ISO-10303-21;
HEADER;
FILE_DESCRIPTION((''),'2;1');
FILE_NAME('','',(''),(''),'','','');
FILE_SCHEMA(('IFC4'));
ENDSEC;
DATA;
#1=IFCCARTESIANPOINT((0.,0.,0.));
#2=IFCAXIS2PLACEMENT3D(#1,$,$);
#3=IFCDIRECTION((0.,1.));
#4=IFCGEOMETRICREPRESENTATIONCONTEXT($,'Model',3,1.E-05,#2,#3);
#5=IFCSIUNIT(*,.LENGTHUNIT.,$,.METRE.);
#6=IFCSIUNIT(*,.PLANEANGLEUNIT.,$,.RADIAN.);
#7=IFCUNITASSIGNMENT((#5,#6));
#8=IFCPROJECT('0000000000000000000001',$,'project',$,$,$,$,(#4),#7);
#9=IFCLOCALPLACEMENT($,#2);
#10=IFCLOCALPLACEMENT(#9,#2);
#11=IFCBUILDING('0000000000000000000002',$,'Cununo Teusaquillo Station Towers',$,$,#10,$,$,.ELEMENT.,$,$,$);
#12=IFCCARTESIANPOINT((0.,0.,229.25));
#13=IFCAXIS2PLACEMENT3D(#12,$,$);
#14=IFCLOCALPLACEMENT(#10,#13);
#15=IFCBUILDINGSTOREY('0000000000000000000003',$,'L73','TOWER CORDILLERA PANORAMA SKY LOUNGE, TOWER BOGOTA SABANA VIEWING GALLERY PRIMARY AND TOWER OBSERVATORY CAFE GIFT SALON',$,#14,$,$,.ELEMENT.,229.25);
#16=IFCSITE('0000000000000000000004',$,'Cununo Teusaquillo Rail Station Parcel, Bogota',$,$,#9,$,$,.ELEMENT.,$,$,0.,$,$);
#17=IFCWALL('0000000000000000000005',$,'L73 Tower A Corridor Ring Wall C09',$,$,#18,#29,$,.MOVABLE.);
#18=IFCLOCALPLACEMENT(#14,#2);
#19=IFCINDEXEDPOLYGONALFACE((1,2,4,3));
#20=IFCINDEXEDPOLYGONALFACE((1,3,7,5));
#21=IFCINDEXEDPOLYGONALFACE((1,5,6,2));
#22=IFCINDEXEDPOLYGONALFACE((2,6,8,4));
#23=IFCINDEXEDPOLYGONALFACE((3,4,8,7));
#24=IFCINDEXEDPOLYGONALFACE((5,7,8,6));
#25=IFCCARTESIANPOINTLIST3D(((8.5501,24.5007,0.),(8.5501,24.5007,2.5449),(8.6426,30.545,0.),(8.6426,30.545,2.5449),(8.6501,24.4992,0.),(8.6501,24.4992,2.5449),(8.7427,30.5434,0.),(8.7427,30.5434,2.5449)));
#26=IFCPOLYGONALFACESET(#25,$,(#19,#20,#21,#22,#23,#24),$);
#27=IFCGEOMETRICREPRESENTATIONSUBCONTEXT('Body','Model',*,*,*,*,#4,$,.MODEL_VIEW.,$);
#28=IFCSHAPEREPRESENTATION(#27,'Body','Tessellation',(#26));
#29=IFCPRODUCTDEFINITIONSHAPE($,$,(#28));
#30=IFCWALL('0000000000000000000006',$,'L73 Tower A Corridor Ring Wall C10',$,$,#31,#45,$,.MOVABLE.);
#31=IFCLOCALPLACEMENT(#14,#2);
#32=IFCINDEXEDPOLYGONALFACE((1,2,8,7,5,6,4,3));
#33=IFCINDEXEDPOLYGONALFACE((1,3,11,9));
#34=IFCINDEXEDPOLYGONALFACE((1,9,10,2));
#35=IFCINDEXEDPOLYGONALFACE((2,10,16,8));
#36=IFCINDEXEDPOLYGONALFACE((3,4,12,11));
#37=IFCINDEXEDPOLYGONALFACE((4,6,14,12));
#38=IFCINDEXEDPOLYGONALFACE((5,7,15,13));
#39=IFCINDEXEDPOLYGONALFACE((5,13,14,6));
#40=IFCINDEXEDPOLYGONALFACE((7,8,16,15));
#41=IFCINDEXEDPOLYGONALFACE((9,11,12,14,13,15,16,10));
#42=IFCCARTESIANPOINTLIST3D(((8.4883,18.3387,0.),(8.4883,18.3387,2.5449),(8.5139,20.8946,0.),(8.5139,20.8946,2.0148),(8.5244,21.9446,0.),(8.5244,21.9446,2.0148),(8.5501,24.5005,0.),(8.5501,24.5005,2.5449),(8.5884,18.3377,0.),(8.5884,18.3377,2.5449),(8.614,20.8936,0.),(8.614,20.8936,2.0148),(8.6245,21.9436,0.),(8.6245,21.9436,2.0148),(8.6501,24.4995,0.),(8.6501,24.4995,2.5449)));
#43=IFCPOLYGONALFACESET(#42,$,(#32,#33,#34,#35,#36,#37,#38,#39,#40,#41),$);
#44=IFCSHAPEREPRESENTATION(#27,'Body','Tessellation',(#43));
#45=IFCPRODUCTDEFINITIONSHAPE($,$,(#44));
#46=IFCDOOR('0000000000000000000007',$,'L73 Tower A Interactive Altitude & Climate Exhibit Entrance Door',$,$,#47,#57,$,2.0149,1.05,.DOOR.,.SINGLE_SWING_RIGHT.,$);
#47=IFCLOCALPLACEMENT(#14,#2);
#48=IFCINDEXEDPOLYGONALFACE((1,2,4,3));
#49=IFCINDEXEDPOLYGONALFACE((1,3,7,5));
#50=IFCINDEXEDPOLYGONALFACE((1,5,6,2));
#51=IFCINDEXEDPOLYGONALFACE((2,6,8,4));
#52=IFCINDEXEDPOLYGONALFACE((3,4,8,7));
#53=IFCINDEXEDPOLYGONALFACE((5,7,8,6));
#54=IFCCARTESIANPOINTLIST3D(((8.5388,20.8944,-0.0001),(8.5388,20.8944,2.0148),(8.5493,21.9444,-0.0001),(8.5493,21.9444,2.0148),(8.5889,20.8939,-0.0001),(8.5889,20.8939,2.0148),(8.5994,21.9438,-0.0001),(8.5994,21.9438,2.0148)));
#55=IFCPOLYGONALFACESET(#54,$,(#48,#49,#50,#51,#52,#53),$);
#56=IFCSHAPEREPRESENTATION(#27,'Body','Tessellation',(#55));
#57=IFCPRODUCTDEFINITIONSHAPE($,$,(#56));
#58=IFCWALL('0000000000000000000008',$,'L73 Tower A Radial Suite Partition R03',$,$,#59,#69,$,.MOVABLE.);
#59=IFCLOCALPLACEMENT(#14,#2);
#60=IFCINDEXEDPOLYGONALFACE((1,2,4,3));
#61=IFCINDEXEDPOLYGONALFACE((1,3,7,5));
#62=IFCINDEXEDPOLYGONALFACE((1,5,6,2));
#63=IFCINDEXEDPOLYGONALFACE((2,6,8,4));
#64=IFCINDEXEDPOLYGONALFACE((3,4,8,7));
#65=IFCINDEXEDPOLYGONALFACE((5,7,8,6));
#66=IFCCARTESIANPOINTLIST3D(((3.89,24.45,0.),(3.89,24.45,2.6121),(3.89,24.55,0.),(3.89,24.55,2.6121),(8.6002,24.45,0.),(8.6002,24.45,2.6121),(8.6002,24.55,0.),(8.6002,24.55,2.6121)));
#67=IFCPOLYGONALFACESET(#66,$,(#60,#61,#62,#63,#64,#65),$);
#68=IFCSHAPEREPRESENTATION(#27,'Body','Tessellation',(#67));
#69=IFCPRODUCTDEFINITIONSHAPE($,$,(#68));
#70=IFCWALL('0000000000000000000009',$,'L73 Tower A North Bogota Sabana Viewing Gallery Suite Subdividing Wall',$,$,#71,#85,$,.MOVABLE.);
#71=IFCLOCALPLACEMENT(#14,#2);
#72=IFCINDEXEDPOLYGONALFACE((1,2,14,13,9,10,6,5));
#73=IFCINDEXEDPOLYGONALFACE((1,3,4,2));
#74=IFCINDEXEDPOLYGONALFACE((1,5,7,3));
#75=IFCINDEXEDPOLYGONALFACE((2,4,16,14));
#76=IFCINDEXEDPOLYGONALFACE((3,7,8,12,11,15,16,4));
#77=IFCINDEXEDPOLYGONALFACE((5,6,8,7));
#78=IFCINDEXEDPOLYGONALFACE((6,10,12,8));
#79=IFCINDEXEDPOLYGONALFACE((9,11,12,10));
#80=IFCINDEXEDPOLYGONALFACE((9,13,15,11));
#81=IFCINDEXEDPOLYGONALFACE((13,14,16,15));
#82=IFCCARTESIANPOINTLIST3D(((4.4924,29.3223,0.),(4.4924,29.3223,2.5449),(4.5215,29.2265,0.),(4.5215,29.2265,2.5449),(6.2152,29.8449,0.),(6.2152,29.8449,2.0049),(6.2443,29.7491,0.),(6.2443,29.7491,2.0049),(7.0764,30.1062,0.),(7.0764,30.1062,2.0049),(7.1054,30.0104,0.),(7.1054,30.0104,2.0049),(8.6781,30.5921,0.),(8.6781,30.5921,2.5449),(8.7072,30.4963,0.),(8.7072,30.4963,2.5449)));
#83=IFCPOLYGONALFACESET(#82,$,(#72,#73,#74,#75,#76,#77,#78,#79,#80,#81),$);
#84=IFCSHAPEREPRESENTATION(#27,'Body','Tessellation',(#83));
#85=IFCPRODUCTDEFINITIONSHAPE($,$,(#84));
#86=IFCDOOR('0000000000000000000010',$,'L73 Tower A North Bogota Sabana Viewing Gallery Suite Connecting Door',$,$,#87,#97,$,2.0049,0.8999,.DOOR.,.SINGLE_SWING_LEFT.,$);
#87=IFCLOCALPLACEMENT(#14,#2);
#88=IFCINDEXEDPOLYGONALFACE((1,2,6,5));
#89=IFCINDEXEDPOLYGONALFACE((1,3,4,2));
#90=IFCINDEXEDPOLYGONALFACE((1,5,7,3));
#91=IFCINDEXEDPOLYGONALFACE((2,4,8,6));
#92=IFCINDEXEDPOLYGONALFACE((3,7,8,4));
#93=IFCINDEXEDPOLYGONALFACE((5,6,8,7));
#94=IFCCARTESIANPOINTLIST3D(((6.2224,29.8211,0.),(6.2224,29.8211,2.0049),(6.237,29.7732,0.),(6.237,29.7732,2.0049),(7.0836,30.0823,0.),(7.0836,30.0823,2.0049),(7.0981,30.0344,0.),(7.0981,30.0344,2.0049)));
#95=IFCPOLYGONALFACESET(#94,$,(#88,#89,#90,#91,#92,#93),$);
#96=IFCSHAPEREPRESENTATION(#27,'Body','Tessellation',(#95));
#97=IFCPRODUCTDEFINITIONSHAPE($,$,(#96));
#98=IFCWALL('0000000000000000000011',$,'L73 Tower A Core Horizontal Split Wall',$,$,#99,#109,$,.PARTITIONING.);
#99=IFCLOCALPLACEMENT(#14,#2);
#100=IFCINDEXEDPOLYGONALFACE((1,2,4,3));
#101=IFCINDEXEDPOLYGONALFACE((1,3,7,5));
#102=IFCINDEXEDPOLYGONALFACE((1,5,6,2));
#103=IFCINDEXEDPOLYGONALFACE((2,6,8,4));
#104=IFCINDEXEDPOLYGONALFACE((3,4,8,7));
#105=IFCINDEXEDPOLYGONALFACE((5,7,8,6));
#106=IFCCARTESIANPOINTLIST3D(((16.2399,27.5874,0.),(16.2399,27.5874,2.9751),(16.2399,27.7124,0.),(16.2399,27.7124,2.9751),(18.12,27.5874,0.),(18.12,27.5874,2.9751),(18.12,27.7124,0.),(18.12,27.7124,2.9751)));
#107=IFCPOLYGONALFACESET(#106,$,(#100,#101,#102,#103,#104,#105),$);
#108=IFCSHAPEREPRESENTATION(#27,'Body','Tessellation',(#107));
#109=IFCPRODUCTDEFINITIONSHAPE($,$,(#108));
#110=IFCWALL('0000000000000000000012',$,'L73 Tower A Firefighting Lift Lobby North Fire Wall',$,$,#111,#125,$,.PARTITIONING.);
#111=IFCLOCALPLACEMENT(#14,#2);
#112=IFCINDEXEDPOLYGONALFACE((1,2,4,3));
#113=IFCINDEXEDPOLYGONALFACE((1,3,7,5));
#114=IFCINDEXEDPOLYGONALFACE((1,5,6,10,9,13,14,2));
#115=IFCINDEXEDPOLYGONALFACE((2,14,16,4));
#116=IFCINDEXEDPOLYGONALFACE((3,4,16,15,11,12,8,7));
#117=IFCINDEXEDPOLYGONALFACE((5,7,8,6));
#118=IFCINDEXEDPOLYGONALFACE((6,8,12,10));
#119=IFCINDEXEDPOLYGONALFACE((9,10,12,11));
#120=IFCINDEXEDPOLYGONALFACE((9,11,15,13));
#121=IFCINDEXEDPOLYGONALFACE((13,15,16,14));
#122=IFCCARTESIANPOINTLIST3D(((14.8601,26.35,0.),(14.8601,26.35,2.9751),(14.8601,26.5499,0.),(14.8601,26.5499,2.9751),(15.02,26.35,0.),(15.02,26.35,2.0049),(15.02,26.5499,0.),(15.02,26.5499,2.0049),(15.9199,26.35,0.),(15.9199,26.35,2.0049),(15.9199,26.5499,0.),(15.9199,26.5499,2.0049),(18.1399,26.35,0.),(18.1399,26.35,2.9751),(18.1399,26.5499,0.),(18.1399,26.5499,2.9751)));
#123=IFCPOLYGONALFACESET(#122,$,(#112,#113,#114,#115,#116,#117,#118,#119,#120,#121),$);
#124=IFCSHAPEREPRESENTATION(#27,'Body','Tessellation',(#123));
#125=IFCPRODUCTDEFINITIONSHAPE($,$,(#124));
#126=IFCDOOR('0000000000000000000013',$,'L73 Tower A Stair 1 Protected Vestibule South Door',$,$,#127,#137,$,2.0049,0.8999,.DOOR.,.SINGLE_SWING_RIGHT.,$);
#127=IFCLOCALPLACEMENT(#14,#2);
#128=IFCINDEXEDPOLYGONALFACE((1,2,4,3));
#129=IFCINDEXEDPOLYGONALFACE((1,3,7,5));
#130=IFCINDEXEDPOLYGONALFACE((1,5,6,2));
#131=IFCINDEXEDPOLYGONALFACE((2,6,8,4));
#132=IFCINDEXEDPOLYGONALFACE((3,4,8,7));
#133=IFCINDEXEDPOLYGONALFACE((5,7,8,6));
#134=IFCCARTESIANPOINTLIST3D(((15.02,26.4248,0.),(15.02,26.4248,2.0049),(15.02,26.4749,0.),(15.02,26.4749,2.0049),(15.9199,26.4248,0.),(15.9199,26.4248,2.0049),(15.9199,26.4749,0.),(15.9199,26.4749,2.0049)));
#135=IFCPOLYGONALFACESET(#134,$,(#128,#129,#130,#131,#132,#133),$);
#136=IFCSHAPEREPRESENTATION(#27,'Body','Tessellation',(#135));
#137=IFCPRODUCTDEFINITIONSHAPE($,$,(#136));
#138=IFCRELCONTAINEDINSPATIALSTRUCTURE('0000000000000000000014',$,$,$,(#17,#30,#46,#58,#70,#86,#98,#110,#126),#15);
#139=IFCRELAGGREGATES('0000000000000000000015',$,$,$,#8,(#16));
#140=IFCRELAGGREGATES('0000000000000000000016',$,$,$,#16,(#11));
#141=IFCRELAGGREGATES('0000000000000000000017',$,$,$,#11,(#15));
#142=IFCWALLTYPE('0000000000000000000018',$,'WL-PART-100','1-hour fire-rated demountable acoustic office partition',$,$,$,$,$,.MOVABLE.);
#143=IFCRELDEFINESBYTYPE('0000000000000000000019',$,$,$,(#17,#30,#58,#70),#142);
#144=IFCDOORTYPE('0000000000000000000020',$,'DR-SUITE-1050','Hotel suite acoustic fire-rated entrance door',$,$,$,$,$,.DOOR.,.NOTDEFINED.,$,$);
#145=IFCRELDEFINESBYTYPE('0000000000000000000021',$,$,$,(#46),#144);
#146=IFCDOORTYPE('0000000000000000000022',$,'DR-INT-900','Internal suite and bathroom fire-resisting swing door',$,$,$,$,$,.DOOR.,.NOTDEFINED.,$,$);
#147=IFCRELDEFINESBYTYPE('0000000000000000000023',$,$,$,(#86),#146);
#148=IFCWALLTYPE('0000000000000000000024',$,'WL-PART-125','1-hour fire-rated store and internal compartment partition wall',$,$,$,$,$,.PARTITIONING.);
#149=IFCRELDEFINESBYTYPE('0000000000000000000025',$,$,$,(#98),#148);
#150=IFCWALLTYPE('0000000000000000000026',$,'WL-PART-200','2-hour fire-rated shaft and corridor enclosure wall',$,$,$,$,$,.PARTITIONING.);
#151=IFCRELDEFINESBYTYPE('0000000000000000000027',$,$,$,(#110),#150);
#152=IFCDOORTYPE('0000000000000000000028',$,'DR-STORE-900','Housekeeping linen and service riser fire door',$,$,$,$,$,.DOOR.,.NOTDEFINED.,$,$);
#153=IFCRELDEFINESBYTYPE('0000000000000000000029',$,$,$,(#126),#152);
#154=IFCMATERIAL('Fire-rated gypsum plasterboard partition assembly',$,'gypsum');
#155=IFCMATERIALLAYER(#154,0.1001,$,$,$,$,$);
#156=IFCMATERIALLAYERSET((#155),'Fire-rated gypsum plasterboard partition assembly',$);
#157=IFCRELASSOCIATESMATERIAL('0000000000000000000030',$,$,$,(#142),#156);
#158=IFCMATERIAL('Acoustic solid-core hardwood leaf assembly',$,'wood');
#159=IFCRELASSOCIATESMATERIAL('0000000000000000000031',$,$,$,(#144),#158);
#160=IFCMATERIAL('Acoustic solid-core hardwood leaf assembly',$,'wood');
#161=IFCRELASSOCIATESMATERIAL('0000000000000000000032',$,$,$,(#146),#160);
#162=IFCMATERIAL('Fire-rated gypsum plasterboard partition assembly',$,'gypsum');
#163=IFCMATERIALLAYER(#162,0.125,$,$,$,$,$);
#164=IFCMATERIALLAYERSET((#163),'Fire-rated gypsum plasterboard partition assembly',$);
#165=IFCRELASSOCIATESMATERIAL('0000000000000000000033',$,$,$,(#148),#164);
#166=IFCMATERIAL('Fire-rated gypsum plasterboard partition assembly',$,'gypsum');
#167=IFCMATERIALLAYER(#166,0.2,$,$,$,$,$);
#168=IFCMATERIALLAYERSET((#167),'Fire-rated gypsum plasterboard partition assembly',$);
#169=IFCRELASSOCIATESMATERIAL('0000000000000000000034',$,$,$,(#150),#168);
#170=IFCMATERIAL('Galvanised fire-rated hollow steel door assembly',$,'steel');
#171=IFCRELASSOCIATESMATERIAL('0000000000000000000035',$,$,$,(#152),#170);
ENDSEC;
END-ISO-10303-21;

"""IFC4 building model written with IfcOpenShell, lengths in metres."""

from ifc_helpers import new_model, si_unit, direction, frame, frame_2d, origin, place, context, subcontext, project, spatial, rectangle, extrude, source, transform, mapped, material, layer, layer_set, type_object, element, fill, save


model = new_model("IFC4")

# Units and contexts
model_context = context("Model", 3, precision=1e-05, world=origin(), true_north=direction((0.0, 1.0)))
body_context = subcontext(model_context, "Body", "Model", "MODEL_VIEW")
ifc_project = project(units=[si_unit("LENGTHUNIT", "METRE"), si_unit("PLANEANGLEUNIT", "RADIAN")], contexts=[model_context])

# Site, building, storey
site_placement = place(None, origin())
site = spatial("IfcSite", under=ifc_project, at=site_placement, Name="Cununo Teusaquillo Rail Station Parcel, Bogota", CompositionType="ELEMENT", RefElevation=0.0)
building_placement = place(site_placement, origin())
building = spatial("IfcBuilding", under=site, at=building_placement, Name="Cununo Teusaquillo Station Towers", CompositionType="ELEMENT")
storey_placement = place(building_placement, frame((0.0, 0.0, 229.25)))
storey = spatial("IfcBuildingStorey", under=building, at=storey_placement, Name="L73", Description="TOWER CORDILLERA PANORAMA SKY LOUNGE, TOWER BOGOTA SABANA VIEWING GALLERY PRIMARY AND TOWER OBSERVATORY CAFE GIFT SALON", CompositionType="ELEMENT", Elevation=229.25)

# Wall
ifc_material_1 = material(Name="Fire-rated gypsum plasterboard partition assembly", Category="gypsum")
ifc_layer_1 = layer(ifc_material_1, 0.1001)
ifc_layer_set_1 = layer_set([ifc_layer_1], Name="Fire-rated gypsum plasterboard partition assembly")
wall_type_1 = type_object("IfcWallType", Name="WL-PART-100", Description="1-hour fire-rated demountable acoustic office partition", PredefinedType="MOVABLE", material=ifc_layer_set_1)
wall_1_placement = place(storey_placement, frame((8.6926, 30.5442, 0.0), z_axis=(0.0, 0.0, 1.0), x_axis=(-0.015307, -0.999883, 0.0)))
element("IfcWall", 1, at=wall_1_placement, inside=storey, type_object=wall_type_1, Name="L73 Tower A Corridor Ring Wall C09", PredefinedType="MOVABLE", context=body_context, shape_type="SweptSolid", body=[
    extrude(rectangle(XDim=6.0449, YDim=0.1001, at=frame_2d((3.0225, 0.0))), origin(), (0.0, 0.0, 1.0), 2.5449),
])

# Wall, opening, door
wall_2_placement = place(storey_placement, frame((8.6001, 24.5, 0.0), z_axis=(0.0, 0.0, 1.0), x_axis=(-0.010024, -0.99995, 0.0)))
wall_2 = element("IfcWall", 2, at=wall_2_placement, inside=storey, type_object=wall_type_1, Name="L73 Tower A Corridor Ring Wall C10", PredefinedType="MOVABLE", context=body_context, shape_type="SweptSolid", body=[
    extrude(rectangle(XDim=6.1621, YDim=0.1001, at=frame_2d((3.0811, 0.0))), origin(), (0.0, 0.0, 1.0), 2.5449),
])
shared_shape_1 = source(origin(), body_context, "Body", "SweptSolid", [
    extrude(rectangle(XDim=1.05, YDim=2.0149, at=frame_2d((0.5249, 1.0073))), frame((0.0, 0.0601, 0.0), z_axis=(0.0, -1.0, 0.0), x_axis=(1.0, 0.0, 0.0)), (0.0, 0.0, 1.0), 0.1201),
])
opening_1_placement = place(wall_2_placement, frame((2.5562, 0.0, 0.0)))
opening_1 = element("IfcOpeningElement", 3, at=opening_1_placement, cuts=wall_2, PredefinedType="OPENING", context=body_context, shape_type="MappedRepresentation", body=[
    mapped(shared_shape_1, transform((0.0, 0.0, 0.0), x_axis=(1.0, 0.0, 0.0), y_axis=(0.0, 1.0, 0.0), z_axis=(0.0, 0.0, 1.0), scale=1.0)),
])
ifc_material_2 = material(Name="Acoustic solid-core hardwood leaf assembly", Category="wood")
door_type_1 = type_object("IfcDoorType", Name="DR-SUITE-1050", Description="Hotel suite acoustic fire-rated entrance door", OperationType="NOTDEFINED", PredefinedType="DOOR", material=ifc_material_2)
shared_shape_2 = source(origin(), body_context, "Body", "SweptSolid", [
    extrude(rectangle(XDim=1.05, YDim=2.0149, at=frame_2d((0.5249, 1.0073))), frame((0.0, 0.0249, 0.0), z_axis=(0.0, -1.0, 0.0), x_axis=(1.0, 0.0, 0.0)), (0.0, 0.0, 1.0), 0.05),
])
door_1_placement = place(opening_1_placement, origin())
door_1 = element("IfcDoor", 4, at=door_1_placement, inside=storey, type_object=door_type_1, Name="L73 Tower A Interactive Altitude & Climate Exhibit Entrance Door", OperationType="SINGLE_SWING_RIGHT", OverallHeight=2.0149, OverallWidth=1.05, PredefinedType="DOOR", context=body_context, shape_type="MappedRepresentation", body=[
    mapped(shared_shape_2, transform((0.0, 0.0, 0.0), x_axis=(1.0, 0.0, 0.0), y_axis=(0.0, 1.0, 0.0), z_axis=(0.0, 0.0, 1.0), scale=1.0)),
])
fill(opening_1, door_1)

# Wall
wall_3_placement = place(storey_placement, frame((8.6001, 24.5, 0.0), z_axis=(0.0, 0.0, 1.0), x_axis=(-1.0, 0.0, 0.0)))
element("IfcWall", 5, at=wall_3_placement, inside=storey, type_object=wall_type_1, Name="L73 Tower A Radial Suite Partition R03", PredefinedType="MOVABLE", context=body_context, shape_type="SweptSolid", body=[
    extrude(rectangle(XDim=4.7102, YDim=0.1001, at=frame_2d((2.355, 0.0))), origin(), (0.0, 0.0, 1.0), 2.6121),
])

# Wall, opening, door
wall_4_placement = place(storey_placement, frame((8.6926, 30.5442, 0.0), z_axis=(0.0, 0.0, 1.0), x_axis=(-0.956934, -0.290306, 0.0)))
wall_4 = element("IfcWall", 6, at=wall_4_placement, inside=storey, type_object=wall_type_1, Name="L73 Tower A North Bogota Sabana Viewing Gallery Suite Subdividing Wall", PredefinedType="MOVABLE", context=body_context, shape_type="SweptSolid", body=[
    extrude(rectangle(XDim=4.374, YDim=0.1001, at=frame_2d((2.187, 0.0))), origin(), (0.0, 0.0, 1.0), 2.5449),
])
shared_shape_3 = source(origin(), body_context, "Body", "SweptSolid", [
    extrude(rectangle(XDim=0.8999, YDim=2.0049, at=frame_2d((0.45, 1.0024))), frame((0.0, 0.0601, 0.0), z_axis=(0.0, -1.0, 0.0), x_axis=(1.0, 0.0, 0.0)), (0.0, 0.0, 1.0), 0.1201),
])
opening_2_placement = place(wall_4_placement, frame((1.6738, 0.0, 0.0)))
opening_2 = element("IfcOpeningElement", 7, at=opening_2_placement, cuts=wall_4, PredefinedType="OPENING", context=body_context, shape_type="MappedRepresentation", body=[
    mapped(shared_shape_3, transform((0.0, 0.0, 0.0), x_axis=(1.0, 0.0, 0.0), y_axis=(0.0, 1.0, 0.0), z_axis=(0.0, 0.0, 1.0), scale=1.0)),
])
ifc_material_3 = material(Name="Acoustic solid-core hardwood leaf assembly", Category="wood")
door_type_2 = type_object("IfcDoorType", Name="DR-INT-900", Description="Internal suite and bathroom fire-resisting swing door", OperationType="NOTDEFINED", PredefinedType="DOOR", material=ifc_material_3)
shared_shape_4 = source(origin(), body_context, "Body", "SweptSolid", [
    extrude(rectangle(XDim=0.8999, YDim=2.0049, at=frame_2d((0.45, 1.0024))), frame((0.0, 0.0249, 0.0), z_axis=(0.0, -1.0, 0.0), x_axis=(1.0, 0.0, 0.0)), (0.0, 0.0, 1.0), 0.05),
])
door_2_placement = place(opening_2_placement, origin())
door_2 = element("IfcDoor", 8, at=door_2_placement, inside=storey, type_object=door_type_2, Name="L73 Tower A North Bogota Sabana Viewing Gallery Suite Connecting Door", OperationType="SINGLE_SWING_LEFT", OverallHeight=2.0049, OverallWidth=0.8999, PredefinedType="DOOR", context=body_context, shape_type="MappedRepresentation", body=[
    mapped(shared_shape_4, transform((0.0, 0.0, 0.0), x_axis=(1.0, 0.0, 0.0), y_axis=(0.0, 1.0, 0.0), z_axis=(0.0, 0.0, 1.0), scale=1.0)),
])
fill(opening_2, door_2)

# Wall
ifc_material_4 = material(Name="Fire-rated gypsum plasterboard partition assembly", Category="gypsum")
ifc_layer_2 = layer(ifc_material_4, 0.125)
ifc_layer_set_2 = layer_set([ifc_layer_2], Name="Fire-rated gypsum plasterboard partition assembly")
wall_type_2 = type_object("IfcWallType", Name="WL-PART-125", Description="1-hour fire-rated store and internal compartment partition wall", PredefinedType="PARTITIONING", material=ifc_layer_set_2)
wall_5_placement = place(storey_placement, frame((16.24, 27.6499, 0.0), z_axis=(0.0, 0.0, 1.0), x_axis=(1.0, 0.0, 0.0)))
element("IfcWall", 9, at=wall_5_placement, inside=storey, type_object=wall_type_2, Name="L73 Tower A Core Horizontal Split Wall", PredefinedType="PARTITIONING", context=body_context, shape_type="SweptSolid", body=[
    extrude(rectangle(XDim=1.8801, YDim=0.125, at=frame_2d((0.9399, 0.0))), origin(), (0.0, 0.0, 1.0), 2.9751),
])

# Wall, opening, door
ifc_material_5 = material(Name="Fire-rated gypsum plasterboard partition assembly", Category="gypsum")
ifc_layer_3 = layer(ifc_material_5, 0.2)
ifc_layer_set_3 = layer_set([ifc_layer_3], Name="Fire-rated gypsum plasterboard partition assembly")
wall_type_3 = type_object("IfcWallType", Name="WL-PART-200", Description="2-hour fire-rated shaft and corridor enclosure wall", PredefinedType="PARTITIONING", material=ifc_layer_set_3)
wall_6_placement = place(storey_placement, frame((14.8601, 26.45, 0.0), z_axis=(0.0, 0.0, 1.0), x_axis=(1.0, 0.0, 0.0)))
wall_6 = element("IfcWall", 10, at=wall_6_placement, inside=storey, type_object=wall_type_3, Name="L73 Tower A Firefighting Lift Lobby North Fire Wall", PredefinedType="PARTITIONING", context=body_context, shape_type="SweptSolid", body=[
    extrude(rectangle(XDim=3.2798, YDim=0.2, at=frame_2d((1.6399, 0.0))), origin(), (0.0, 0.0, 1.0), 2.9751),
])
shared_shape_5 = source(origin(), body_context, "Body", "SweptSolid", [
    extrude(rectangle(XDim=0.8999, YDim=2.0049, at=frame_2d((0.45, 1.0024))), frame((0.0, 0.1099, 0.0), z_axis=(0.0, -1.0, 0.0), x_axis=(1.0, 0.0, 0.0)), (0.0, 0.0, 1.0), 0.22),
])
opening_3_placement = place(wall_6_placement, frame((0.1599, 0.0, 0.0)))
opening_3 = element("IfcOpeningElement", 11, at=opening_3_placement, cuts=wall_6, PredefinedType="OPENING", context=body_context, shape_type="MappedRepresentation", body=[
    mapped(shared_shape_5, transform((0.0, 0.0, 0.0), x_axis=(1.0, 0.0, 0.0), y_axis=(0.0, 1.0, 0.0), z_axis=(0.0, 0.0, 1.0), scale=1.0)),
])
ifc_material_6 = material(Name="Galvanised fire-rated hollow steel door assembly", Category="steel")
door_type_3 = type_object("IfcDoorType", Name="DR-STORE-900", Description="Housekeeping linen and service riser fire door", OperationType="NOTDEFINED", PredefinedType="DOOR", material=ifc_material_6)
door_3_placement = place(opening_3_placement, origin())
door_3 = element("IfcDoor", 12, at=door_3_placement, inside=storey, type_object=door_type_3, Name="L73 Tower A Stair 1 Protected Vestibule South Door", OperationType="SINGLE_SWING_RIGHT", OverallHeight=2.0049, OverallWidth=0.8999, PredefinedType="DOOR", context=body_context, shape_type="MappedRepresentation", body=[
    mapped(shared_shape_4, transform((0.0, 0.0, 0.0), x_axis=(1.0, 0.0, 0.0), y_axis=(0.0, 1.0, 0.0), z_axis=(0.0, 0.0, 1.0), scale=1.0)),
])
fill(opening_3, door_3)

save(model, "model.ifc")
